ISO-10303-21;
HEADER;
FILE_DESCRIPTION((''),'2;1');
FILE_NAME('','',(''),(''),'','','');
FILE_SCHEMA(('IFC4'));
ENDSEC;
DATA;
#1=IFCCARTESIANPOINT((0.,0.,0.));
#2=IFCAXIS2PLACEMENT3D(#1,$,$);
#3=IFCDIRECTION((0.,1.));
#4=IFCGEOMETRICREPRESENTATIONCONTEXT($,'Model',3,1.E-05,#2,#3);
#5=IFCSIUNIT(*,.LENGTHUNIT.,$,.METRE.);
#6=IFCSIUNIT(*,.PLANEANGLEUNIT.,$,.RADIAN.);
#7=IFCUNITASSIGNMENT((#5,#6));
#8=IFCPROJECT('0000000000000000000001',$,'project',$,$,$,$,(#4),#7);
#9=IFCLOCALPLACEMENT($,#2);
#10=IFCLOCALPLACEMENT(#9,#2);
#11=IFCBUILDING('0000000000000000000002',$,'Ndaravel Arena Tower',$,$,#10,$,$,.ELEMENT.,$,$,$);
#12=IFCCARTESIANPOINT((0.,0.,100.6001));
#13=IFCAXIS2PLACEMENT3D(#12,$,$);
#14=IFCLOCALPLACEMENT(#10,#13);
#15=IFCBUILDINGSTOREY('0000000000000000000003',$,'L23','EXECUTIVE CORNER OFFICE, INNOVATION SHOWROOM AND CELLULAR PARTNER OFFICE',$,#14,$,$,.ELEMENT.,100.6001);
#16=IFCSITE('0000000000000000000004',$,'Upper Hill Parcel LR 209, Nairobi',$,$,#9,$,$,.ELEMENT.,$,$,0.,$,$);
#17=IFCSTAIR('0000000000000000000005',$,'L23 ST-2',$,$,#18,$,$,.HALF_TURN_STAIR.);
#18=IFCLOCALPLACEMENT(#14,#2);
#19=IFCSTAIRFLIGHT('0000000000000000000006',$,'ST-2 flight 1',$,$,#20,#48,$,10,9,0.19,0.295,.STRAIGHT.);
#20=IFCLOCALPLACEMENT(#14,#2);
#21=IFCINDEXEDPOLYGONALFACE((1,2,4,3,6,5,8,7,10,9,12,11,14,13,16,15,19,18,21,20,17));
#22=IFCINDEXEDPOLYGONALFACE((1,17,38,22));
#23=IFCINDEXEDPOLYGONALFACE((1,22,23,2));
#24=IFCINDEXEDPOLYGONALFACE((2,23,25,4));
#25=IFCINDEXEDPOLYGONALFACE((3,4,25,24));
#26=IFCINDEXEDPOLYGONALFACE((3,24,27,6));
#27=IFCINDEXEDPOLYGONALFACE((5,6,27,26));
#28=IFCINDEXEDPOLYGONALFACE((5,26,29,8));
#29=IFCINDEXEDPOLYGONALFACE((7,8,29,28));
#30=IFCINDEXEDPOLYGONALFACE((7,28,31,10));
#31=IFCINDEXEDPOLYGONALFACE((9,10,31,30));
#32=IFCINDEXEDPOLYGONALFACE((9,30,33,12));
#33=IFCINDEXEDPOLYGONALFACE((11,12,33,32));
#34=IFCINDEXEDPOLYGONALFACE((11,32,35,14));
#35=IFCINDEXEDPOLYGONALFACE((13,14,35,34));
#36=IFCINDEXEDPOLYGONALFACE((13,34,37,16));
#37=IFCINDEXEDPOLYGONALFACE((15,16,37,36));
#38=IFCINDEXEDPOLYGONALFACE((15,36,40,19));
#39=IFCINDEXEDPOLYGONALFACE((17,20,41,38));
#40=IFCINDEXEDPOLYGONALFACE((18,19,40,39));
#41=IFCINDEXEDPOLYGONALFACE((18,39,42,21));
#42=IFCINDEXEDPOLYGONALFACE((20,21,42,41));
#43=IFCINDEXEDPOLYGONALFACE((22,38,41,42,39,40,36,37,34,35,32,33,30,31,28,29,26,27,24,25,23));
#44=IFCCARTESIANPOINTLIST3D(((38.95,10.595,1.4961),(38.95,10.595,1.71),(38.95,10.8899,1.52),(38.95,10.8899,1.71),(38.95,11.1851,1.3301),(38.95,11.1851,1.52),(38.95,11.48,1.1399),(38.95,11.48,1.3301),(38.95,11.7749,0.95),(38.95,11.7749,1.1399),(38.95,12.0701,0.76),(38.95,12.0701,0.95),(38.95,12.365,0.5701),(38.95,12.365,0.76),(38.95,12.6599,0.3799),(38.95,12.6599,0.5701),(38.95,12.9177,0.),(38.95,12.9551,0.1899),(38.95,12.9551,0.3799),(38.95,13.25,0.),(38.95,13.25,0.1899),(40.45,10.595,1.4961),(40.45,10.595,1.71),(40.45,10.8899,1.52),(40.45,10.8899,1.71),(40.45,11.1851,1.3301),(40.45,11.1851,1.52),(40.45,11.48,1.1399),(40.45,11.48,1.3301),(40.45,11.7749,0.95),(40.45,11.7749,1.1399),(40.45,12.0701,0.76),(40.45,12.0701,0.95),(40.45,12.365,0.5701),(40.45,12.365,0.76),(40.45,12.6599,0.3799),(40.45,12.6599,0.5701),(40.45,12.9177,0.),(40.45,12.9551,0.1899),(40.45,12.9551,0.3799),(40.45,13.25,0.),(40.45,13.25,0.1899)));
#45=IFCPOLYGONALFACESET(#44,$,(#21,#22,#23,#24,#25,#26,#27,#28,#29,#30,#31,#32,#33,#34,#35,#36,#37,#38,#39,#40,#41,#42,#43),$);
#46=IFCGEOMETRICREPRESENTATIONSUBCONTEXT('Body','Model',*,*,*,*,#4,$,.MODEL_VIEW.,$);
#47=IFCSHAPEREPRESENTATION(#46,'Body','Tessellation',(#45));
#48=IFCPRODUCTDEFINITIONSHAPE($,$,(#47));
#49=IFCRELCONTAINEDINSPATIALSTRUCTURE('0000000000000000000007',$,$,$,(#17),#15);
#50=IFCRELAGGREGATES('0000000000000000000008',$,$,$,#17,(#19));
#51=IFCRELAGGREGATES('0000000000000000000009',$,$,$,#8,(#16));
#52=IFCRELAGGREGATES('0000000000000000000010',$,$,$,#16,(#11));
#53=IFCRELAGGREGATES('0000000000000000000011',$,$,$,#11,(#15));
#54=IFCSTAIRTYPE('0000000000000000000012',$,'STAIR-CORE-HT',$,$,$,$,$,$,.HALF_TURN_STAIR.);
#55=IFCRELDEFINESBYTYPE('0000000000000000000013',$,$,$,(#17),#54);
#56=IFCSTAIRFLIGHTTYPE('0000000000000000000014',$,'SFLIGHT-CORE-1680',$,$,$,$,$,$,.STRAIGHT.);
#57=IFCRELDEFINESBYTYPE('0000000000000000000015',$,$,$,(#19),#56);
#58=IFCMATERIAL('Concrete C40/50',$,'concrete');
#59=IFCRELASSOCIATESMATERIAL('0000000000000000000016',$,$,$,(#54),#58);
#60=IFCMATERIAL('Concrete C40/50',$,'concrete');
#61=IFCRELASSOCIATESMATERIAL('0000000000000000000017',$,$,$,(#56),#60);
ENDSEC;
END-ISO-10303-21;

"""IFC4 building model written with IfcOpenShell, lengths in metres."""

from ifc_helpers import new_model, si_unit, direction, frame, origin, place, context, subcontext, project, spatial, polyline, outline, extrude, material, type_object, element, aggregate, save


model = new_model("IFC4")

# Units and contexts
model_context = context("Model", 3, precision=1e-05, world=origin(), true_north=direction((0.0, 1.0)))
body_context = subcontext(model_context, "Body", "Model", "MODEL_VIEW")
ifc_project = project(units=[si_unit("LENGTHUNIT", "METRE"), si_unit("PLANEANGLEUNIT", "RADIAN")], contexts=[model_context])

# Site, building, storey
site_placement = place(None, origin())
site = spatial("IfcSite", under=ifc_project, at=site_placement, Name="Upper Hill Parcel LR 209, Nairobi", CompositionType="ELEMENT", RefElevation=0.0)
building_placement = place(site_placement, origin())
building = spatial("IfcBuilding", under=site, at=building_placement, Name="Ndaravel Arena Tower", CompositionType="ELEMENT")
storey_placement = place(building_placement, frame((0.0, 0.0, 100.6001)))
storey = spatial("IfcBuildingStorey", under=building, at=storey_placement, Name="L23", Description="EXECUTIVE CORNER OFFICE, INNOVATION SHOWROOM AND CELLULAR PARTNER OFFICE", CompositionType="ELEMENT", Elevation=100.6001)

# Stair, stair flight
ifc_material_1 = material(Name="Concrete C40/50", Category="concrete")
stair_type = type_object("IfcStairType", Name="STAIR-CORE-HT", PredefinedType="HALF_TURN_STAIR", material=ifc_material_1)
stair_placement = place(storey_placement, origin())
stair = element("IfcStair", 1, at=stair_placement, inside=storey, type_object=stair_type, Name="L23 ST-2", PredefinedType="HALF_TURN_STAIR")
ifc_material_2 = material(Name="Concrete C40/50", Category="concrete")
stair_flight_type = type_object("IfcStairFlightType", Name="SFLIGHT-CORE-1680", PredefinedType="STRAIGHT", material=ifc_material_2)
stair_flight_placement = place(storey_placement, frame((39.7, 13.25, 0.0), z_axis=(0.0, 0.0, 1.0), x_axis=(0.0, -1.0, 0.0)))
stair_flight = element("IfcStairFlight", 2, at=stair_flight_placement, type_object=stair_flight_type, Name="ST-2 flight 1", NumberOfRisers=10, NumberOfTreads=9, PredefinedType="STRAIGHT", RiserHeight=0.19, TreadLength=0.295, context=body_context, shape_type="SweptSolid", body=[
    extrude(outline(polyline([(0.0, 0.0), (0.0, 0.1899), (0.2949, 0.1899), (0.2949, 0.3799), (0.5901, 0.3799), (0.5901, 0.5701), (0.885, 0.5701), (0.885, 0.76), (1.1799, 0.76), (1.1799, 0.95), (1.4751, 0.95), (1.4751, 1.1399), (1.77, 1.1399), (1.77, 1.3301), (2.0649, 1.3301), (2.0649, 1.52), (2.3601, 1.52), (2.3601, 1.71), (2.655, 1.71), (2.655, 1.8999), (2.655, 1.4961), (0.3323, 0.0), (0.0, 0.0)])), frame((0.0, 0.75, 0.0), z_axis=(0.0, -1.0, 0.0), x_axis=(1.0, 0.0, 0.0)), (0.0, 0.0, 1.0), 1.5),
])
aggregate(stair, [stair_flight])

save(model, "model.ifc")
